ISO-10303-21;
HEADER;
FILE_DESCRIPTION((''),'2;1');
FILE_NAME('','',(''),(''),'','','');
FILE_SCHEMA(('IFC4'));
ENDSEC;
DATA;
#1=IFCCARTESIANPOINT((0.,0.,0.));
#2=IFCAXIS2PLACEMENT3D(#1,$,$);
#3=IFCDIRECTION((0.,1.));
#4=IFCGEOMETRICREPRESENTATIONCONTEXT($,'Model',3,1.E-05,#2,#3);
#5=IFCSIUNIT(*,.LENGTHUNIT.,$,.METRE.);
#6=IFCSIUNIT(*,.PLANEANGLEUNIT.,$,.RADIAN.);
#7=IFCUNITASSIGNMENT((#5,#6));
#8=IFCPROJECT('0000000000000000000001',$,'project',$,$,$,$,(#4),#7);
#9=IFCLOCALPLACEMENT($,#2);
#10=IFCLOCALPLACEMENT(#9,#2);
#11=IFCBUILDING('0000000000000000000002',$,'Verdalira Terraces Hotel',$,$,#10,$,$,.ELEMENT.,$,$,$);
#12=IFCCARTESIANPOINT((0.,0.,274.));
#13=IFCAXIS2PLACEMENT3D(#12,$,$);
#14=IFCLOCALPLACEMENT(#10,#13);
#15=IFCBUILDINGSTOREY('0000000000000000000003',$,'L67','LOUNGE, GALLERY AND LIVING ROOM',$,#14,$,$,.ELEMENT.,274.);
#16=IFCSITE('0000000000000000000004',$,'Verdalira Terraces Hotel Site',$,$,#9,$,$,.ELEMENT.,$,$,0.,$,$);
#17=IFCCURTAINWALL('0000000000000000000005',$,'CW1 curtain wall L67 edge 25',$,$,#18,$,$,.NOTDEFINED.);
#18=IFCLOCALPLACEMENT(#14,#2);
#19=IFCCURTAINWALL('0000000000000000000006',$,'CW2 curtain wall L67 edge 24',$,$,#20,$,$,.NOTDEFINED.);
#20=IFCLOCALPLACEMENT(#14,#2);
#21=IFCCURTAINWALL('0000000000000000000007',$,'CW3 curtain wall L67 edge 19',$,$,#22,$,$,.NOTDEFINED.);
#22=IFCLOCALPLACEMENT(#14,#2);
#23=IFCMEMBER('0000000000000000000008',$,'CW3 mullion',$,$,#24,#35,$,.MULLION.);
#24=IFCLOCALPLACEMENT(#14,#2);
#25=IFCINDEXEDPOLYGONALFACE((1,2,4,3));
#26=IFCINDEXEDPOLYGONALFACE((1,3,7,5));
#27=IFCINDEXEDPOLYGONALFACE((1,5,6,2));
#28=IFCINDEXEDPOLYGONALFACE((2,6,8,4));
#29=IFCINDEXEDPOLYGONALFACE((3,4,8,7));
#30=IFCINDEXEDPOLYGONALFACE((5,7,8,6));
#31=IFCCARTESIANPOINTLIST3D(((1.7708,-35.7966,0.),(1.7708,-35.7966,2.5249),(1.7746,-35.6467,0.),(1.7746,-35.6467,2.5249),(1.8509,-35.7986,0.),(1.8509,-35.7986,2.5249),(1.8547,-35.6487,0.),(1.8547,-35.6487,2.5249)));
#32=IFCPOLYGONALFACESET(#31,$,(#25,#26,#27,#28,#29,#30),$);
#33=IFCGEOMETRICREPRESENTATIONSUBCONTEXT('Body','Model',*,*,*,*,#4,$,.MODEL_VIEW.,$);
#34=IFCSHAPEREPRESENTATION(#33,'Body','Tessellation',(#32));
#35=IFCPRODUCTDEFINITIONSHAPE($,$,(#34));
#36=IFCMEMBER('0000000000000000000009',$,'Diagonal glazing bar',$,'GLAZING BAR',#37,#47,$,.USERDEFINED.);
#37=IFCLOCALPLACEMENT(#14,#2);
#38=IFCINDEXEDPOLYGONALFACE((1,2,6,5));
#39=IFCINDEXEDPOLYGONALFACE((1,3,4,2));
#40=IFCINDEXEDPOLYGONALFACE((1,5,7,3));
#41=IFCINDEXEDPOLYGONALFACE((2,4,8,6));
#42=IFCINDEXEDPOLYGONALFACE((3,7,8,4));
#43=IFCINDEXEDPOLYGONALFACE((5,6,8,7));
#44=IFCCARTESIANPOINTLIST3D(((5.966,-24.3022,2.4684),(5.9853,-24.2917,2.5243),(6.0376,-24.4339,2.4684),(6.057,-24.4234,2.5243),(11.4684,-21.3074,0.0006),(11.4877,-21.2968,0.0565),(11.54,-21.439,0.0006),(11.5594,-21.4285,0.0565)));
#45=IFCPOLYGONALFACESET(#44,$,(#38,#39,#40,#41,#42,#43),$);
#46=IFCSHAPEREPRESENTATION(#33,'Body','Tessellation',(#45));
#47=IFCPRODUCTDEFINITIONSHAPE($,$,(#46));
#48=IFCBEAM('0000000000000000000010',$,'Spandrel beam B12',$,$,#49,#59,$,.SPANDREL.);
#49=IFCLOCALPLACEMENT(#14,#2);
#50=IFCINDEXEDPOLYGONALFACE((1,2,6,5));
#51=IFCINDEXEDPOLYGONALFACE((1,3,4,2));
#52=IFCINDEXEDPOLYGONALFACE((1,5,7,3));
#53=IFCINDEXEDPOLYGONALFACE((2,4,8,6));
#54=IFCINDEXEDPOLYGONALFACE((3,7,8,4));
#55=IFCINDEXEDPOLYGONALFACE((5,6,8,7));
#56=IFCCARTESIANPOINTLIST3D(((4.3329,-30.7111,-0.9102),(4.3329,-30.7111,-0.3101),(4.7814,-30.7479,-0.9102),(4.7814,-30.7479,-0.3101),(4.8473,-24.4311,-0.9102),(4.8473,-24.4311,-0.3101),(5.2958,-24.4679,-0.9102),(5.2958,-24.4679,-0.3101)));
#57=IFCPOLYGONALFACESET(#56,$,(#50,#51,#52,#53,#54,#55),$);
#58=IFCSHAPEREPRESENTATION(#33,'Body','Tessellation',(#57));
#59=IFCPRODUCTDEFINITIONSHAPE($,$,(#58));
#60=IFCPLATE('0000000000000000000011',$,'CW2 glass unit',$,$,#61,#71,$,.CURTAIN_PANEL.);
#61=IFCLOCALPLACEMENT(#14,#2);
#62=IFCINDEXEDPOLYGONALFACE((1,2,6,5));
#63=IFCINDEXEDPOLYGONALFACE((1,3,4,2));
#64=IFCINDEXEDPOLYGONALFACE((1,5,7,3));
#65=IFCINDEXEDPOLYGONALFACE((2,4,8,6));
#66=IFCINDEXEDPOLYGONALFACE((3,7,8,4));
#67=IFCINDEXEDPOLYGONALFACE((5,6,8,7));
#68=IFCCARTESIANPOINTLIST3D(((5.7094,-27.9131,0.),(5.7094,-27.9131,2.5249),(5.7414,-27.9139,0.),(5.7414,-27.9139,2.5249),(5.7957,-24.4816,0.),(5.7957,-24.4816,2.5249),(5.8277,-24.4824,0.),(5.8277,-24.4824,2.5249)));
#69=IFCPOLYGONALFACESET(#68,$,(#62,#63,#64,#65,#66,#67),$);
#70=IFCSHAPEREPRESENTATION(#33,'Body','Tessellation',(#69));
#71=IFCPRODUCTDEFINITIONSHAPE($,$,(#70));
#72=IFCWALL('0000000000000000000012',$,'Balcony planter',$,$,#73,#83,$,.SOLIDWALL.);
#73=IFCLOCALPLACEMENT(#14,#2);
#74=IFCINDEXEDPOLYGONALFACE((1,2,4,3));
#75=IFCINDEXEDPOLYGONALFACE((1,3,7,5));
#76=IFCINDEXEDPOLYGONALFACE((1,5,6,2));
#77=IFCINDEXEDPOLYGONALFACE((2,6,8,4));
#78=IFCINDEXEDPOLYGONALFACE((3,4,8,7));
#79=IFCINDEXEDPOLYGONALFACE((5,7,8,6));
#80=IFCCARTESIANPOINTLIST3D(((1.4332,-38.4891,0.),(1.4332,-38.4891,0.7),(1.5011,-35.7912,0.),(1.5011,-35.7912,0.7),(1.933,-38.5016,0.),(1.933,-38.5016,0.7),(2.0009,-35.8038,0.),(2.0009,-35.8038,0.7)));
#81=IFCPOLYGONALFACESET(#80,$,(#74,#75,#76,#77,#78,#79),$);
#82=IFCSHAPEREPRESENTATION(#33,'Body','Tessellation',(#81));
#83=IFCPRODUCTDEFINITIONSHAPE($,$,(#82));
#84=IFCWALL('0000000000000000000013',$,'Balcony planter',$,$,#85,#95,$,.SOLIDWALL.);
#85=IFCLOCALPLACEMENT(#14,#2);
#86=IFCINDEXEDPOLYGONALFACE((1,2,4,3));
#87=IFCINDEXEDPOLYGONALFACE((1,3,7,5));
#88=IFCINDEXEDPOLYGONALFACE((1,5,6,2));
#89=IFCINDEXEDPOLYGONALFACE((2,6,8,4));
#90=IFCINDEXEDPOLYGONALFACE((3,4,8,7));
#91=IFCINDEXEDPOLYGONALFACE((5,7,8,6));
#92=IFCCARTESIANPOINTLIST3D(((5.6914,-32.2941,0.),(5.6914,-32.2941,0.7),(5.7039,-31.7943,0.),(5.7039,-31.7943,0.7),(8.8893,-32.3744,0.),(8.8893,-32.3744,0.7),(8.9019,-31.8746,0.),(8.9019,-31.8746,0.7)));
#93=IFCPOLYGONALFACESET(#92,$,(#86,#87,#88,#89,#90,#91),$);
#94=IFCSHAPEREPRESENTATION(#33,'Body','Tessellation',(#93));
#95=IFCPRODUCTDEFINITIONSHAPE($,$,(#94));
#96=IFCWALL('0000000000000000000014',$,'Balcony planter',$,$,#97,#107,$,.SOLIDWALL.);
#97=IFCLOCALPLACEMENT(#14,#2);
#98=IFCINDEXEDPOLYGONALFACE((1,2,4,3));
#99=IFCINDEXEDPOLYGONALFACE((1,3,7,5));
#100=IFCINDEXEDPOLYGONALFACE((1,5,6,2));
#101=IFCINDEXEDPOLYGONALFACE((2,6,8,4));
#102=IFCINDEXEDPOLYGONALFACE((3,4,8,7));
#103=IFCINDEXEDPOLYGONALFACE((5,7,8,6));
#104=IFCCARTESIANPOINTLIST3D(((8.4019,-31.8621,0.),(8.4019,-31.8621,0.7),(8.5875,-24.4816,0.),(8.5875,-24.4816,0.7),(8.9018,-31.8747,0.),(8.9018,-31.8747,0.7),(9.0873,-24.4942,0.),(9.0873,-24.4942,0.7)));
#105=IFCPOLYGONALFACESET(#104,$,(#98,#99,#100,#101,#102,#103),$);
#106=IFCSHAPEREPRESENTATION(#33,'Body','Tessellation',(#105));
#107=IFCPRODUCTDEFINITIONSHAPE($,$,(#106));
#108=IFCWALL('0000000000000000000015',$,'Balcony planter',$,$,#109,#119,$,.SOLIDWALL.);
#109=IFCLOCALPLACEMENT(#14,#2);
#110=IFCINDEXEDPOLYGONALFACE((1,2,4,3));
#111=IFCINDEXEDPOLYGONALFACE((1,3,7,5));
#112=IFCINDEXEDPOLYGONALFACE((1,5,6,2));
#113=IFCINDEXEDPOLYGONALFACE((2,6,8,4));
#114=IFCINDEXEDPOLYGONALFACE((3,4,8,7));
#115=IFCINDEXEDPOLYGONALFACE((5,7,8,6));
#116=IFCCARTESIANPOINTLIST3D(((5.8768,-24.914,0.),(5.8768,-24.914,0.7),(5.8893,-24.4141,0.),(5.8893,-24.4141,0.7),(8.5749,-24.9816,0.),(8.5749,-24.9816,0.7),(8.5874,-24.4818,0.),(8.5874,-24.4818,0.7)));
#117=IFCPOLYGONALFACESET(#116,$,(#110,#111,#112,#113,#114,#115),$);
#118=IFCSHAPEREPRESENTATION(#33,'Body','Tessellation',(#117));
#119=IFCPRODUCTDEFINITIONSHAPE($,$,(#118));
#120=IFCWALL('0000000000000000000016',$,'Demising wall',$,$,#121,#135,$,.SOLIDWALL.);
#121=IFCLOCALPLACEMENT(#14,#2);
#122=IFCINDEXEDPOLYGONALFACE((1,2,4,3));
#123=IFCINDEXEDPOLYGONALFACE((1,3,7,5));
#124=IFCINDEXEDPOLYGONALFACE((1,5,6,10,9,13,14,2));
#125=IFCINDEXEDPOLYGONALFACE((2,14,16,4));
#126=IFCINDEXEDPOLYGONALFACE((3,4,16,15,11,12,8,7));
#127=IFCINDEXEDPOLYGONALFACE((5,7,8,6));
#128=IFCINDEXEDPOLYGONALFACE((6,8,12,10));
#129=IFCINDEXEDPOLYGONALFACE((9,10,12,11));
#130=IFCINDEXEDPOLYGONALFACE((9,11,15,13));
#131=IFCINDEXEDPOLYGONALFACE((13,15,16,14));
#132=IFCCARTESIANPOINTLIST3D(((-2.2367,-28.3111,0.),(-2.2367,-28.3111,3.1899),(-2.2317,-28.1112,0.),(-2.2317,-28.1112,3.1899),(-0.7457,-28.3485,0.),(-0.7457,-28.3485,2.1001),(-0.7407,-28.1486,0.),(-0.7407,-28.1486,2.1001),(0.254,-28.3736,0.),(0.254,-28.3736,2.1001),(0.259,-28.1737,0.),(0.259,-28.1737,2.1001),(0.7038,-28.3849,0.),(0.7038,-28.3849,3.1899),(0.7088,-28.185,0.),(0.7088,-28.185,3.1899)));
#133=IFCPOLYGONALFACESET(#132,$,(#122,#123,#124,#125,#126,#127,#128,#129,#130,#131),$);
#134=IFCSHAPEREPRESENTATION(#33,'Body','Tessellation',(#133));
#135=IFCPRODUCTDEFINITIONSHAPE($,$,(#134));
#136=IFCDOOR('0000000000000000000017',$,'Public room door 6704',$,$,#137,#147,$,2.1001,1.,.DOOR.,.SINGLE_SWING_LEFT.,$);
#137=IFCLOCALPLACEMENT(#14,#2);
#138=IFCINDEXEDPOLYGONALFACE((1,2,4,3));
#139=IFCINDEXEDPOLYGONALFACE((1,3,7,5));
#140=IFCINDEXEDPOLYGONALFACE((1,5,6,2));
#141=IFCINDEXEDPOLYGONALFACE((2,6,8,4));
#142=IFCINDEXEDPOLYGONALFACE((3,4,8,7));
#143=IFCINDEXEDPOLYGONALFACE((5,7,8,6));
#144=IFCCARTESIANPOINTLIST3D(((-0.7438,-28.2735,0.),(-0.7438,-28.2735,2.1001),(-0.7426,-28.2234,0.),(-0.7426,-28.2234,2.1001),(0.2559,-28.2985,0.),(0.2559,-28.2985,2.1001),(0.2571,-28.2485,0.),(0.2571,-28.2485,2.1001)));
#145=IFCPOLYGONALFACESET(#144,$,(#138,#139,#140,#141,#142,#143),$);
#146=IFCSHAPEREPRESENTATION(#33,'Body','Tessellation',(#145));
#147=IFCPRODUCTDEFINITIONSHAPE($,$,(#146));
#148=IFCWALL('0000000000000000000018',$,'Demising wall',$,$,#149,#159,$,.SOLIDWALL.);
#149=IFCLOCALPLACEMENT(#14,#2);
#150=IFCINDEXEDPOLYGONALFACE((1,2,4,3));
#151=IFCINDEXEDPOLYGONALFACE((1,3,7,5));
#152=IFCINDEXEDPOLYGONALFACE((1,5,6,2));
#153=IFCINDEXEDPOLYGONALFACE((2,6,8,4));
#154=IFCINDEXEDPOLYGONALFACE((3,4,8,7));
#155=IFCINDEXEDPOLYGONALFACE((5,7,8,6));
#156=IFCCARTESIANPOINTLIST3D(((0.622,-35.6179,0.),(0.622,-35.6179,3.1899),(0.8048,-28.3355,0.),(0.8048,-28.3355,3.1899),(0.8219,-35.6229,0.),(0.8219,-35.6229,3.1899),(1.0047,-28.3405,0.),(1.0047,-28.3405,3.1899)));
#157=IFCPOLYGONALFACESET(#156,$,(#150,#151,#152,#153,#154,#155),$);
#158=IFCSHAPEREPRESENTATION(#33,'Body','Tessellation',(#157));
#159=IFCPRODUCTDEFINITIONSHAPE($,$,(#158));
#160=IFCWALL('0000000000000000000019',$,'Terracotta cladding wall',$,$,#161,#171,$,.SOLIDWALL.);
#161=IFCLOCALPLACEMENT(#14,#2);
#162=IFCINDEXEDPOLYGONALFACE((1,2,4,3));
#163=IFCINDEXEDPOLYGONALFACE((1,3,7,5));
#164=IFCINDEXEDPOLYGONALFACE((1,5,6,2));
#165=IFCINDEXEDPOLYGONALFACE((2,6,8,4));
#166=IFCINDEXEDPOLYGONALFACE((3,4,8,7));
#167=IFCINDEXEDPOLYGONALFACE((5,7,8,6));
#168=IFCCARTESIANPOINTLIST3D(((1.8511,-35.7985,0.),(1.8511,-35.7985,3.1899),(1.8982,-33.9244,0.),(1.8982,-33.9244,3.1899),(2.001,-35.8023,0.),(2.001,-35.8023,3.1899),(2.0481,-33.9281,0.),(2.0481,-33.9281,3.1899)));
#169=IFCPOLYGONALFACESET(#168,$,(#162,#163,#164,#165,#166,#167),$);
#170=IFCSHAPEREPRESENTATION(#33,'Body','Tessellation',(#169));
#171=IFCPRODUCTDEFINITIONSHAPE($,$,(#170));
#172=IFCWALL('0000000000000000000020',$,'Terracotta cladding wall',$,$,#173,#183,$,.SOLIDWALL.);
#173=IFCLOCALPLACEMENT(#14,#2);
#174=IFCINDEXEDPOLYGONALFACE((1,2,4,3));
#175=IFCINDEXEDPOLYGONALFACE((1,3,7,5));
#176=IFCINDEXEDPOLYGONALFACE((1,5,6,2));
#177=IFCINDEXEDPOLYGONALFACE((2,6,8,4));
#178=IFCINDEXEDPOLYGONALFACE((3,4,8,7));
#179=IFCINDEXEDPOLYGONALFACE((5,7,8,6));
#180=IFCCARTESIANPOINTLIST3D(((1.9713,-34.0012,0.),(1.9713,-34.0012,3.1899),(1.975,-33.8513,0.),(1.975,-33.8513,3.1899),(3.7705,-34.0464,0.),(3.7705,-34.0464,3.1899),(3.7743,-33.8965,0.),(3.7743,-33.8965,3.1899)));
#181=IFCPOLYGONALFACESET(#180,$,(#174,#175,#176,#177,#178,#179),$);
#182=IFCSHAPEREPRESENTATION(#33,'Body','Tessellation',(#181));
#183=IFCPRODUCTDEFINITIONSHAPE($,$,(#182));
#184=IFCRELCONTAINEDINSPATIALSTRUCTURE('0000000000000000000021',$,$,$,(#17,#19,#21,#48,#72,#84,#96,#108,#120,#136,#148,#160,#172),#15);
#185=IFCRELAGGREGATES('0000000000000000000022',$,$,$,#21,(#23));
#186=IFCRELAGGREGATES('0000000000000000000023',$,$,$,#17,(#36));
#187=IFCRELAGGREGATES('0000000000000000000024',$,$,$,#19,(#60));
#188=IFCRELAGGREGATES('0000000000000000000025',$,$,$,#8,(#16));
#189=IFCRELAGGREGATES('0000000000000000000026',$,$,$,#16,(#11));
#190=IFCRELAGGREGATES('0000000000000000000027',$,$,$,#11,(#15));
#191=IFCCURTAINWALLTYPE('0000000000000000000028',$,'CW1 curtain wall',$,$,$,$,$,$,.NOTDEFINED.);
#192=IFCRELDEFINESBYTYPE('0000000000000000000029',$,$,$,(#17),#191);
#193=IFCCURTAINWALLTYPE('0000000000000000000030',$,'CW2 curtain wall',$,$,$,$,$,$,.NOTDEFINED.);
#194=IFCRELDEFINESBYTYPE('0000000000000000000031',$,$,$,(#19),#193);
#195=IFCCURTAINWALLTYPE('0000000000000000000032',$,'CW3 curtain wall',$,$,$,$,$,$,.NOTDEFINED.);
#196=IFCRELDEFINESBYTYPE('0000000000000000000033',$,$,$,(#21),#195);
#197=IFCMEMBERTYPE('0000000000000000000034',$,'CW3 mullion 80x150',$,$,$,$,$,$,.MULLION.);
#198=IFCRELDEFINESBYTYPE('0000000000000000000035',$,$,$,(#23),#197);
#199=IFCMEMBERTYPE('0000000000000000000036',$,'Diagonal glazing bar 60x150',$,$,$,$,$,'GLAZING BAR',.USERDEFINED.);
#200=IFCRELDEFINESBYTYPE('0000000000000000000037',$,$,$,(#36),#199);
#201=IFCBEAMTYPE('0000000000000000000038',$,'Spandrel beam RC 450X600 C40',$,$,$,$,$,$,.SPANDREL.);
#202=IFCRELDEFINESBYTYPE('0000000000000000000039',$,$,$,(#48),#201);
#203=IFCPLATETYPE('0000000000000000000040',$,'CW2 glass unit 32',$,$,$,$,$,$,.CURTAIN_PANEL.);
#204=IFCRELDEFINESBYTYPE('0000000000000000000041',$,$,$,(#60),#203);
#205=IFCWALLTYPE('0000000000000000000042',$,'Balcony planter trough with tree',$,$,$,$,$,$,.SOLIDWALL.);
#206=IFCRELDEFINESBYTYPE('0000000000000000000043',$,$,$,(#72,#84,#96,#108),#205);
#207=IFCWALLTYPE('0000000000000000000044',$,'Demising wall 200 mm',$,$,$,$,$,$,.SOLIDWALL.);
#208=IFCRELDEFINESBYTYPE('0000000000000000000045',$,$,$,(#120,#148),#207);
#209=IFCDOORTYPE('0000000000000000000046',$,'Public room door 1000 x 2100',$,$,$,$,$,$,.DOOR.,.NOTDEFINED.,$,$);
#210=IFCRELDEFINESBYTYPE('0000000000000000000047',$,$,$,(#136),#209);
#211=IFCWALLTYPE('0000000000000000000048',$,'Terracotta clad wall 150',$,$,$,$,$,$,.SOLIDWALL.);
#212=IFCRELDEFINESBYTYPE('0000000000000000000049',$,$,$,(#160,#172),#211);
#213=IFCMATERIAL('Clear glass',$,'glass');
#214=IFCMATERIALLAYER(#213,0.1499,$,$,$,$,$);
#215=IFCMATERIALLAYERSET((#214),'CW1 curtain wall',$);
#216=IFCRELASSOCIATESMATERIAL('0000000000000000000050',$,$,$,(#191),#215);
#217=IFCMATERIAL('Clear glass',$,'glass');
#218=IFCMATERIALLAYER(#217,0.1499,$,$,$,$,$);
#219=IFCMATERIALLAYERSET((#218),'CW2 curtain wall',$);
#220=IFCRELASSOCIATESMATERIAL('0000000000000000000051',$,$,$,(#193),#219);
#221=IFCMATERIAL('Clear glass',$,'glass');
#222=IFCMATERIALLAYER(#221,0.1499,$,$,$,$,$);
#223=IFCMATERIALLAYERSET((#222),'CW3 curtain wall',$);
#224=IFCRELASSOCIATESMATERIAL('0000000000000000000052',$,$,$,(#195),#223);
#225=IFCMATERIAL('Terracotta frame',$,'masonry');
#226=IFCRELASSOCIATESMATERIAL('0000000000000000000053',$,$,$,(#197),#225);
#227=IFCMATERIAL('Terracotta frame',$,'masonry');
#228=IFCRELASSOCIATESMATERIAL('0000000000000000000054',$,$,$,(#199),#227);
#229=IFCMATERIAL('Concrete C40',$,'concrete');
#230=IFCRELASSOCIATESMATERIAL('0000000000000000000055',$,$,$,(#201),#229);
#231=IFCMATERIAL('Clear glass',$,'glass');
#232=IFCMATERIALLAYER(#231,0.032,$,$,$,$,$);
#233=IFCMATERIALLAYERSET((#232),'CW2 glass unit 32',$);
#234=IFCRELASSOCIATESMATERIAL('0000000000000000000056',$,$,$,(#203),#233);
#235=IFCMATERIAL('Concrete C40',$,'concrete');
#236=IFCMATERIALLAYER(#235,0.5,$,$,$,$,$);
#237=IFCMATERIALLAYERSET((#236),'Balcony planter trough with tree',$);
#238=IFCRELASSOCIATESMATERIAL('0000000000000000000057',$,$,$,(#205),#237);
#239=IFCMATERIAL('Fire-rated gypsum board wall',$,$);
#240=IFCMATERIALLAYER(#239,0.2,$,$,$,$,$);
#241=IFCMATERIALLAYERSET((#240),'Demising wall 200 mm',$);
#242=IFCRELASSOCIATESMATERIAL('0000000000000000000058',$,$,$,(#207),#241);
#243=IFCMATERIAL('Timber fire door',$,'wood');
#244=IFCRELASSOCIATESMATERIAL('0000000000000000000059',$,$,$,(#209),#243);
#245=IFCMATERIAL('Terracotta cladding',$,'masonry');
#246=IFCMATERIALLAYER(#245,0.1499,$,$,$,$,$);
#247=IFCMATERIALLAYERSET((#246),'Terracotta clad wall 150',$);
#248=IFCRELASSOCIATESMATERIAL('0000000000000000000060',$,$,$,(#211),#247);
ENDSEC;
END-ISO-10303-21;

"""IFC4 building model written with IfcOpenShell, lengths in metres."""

from ifc_helpers import new_model, si_unit, direction, frame, frame_2d, origin, origin_2d, place, context, subcontext, project, spatial, rectangle, extrude, material, layer, layer_set, material_profile, profile_set, type_object, element, fill, aggregate, save


model = new_model("IFC4")

# Units and contexts
model_context = context("Model", 3, precision=1e-05, world=origin(), true_north=direction((0.0, 1.0)))
body_context = subcontext(model_context, "Body", "Model", "MODEL_VIEW")
ifc_project = project(units=[si_unit("LENGTHUNIT", "METRE"), si_unit("PLANEANGLEUNIT", "RADIAN")], contexts=[model_context])

# Site, building, storey
site_placement = place(None, origin())
site = spatial("IfcSite", under=ifc_project, at=site_placement, Name="Verdalira Terraces Hotel Site", CompositionType="ELEMENT", RefElevation=0.0)
building_placement = place(site_placement, origin())
building = spatial("IfcBuilding", under=site, at=building_placement, Name="Verdalira Terraces Hotel", CompositionType="ELEMENT")
storey_placement = place(building_placement, frame((0.0, 0.0, 274.0)))
storey = spatial("IfcBuildingStorey", under=building, at=storey_placement, Name="L67", Description="LOUNGE, GALLERY AND LIVING ROOM", CompositionType="ELEMENT", Elevation=274.0)

# Curtain walls
ifc_material_1 = material(Name="Clear glass", Category="glass")
ifc_layer_1 = layer(ifc_material_1, 0.1499)
ifc_layer_set_1 = layer_set([ifc_layer_1], Name="CW1 curtain wall")
curtain_wall_type_1 = type_object("IfcCurtainWallType", Name="CW1 curtain wall", PredefinedType="NOTDEFINED", material=ifc_layer_set_1)
curtain_wall_1_placement = place(storey_placement, origin())
curtain_wall_1 = element("IfcCurtainWall", 1, at=curtain_wall_1_placement, inside=storey, type_object=curtain_wall_type_1, Name="CW1 curtain wall L67 edge 25", PredefinedType="NOTDEFINED")
ifc_material_2 = material(Name="Clear glass", Category="glass")
ifc_layer_2 = layer(ifc_material_2, 0.1499)
ifc_layer_set_2 = layer_set([ifc_layer_2], Name="CW2 curtain wall")
curtain_wall_type_2 = type_object("IfcCurtainWallType", Name="CW2 curtain wall", PredefinedType="NOTDEFINED", material=ifc_layer_set_2)
curtain_wall_2_placement = place(storey_placement, origin())
curtain_wall_2 = element("IfcCurtainWall", 2, at=curtain_wall_2_placement, inside=storey, type_object=curtain_wall_type_2, Name="CW2 curtain wall L67 edge 24", PredefinedType="NOTDEFINED")

# Curtain wall, member
ifc_material_3 = material(Name="Clear glass", Category="glass")
ifc_layer_3 = layer(ifc_material_3, 0.1499)
ifc_layer_set_3 = layer_set([ifc_layer_3], Name="CW3 curtain wall")
curtain_wall_type_3 = type_object("IfcCurtainWallType", Name="CW3 curtain wall", PredefinedType="NOTDEFINED", material=ifc_layer_set_3)
curtain_wall_3_placement = place(storey_placement, origin())
curtain_wall_3 = element("IfcCurtainWall", 3, at=curtain_wall_3_placement, inside=storey, type_object=curtain_wall_type_3, Name="CW3 curtain wall L67 edge 19", PredefinedType="NOTDEFINED")
ifc_material_4 = material(Name="Terracotta frame", Category="masonry")
ifc_material_profile_1 = material_profile(ifc_material_4, rectangle(XDim=0.0801, YDim=0.1499, at=origin_2d()), Name="MU 80x150")
ifc_profile_set_1 = profile_set([ifc_material_profile_1], Name="Terracotta frame")
member_type_1 = type_object("IfcMemberType", Name="CW3 mullion 80x150", PredefinedType="MULLION", material=ifc_profile_set_1)
member_1_placement = place(storey_placement, frame((1.8127, -35.7227, 0.0), z_axis=(0.0, 0.0, 1.0), x_axis=(0.999684, -0.02513, 0.0)))
member_1 = element("IfcMember", 4, at=member_1_placement, type_object=member_type_1, Name="CW3 mullion", PredefinedType="MULLION", context=body_context, shape_type="SweptSolid", body=[
    extrude(rectangle(XDim=0.0801, YDim=0.1499, at=origin_2d()), origin(), (0.0, 0.0, 1.0), 2.5249),
])
aggregate(curtain_wall_3, [member_1])

# Member
ifc_material_5 = material(Name="Terracotta frame", Category="masonry")
ifc_material_profile_2 = material_profile(ifc_material_5, rectangle(XDim=0.1499, YDim=0.0601, at=origin_2d()), Name="GB 60x150")
ifc_profile_set_2 = profile_set([ifc_material_profile_2], Name="Terracotta frame")
member_type_2 = type_object("IfcMemberType", Name="Diagonal glazing bar 60x150", ElementType="GLAZING BAR", PredefinedType="USERDEFINED", material=ifc_profile_set_2)
member_2_placement = place(storey_placement, frame((6.0115, -24.3628, 2.4963), z_axis=(0.81721, 0.444792, -0.366508), x_axis=(-0.478057, 0.878329, 0.0)))
member_2 = element("IfcMember", 5, at=member_2_placement, type_object=member_type_2, Name="Diagonal glazing bar", ObjectType="GLAZING BAR", PredefinedType="USERDEFINED", context=body_context, shape_type="SweptSolid", body=[
    extrude(rectangle(XDim=0.1499, YDim=0.0601, at=origin_2d()), origin(), (0.0, 0.0, 1.0), 6.7332),
])
aggregate(curtain_wall_1, [member_2])

# Beam
ifc_material_6 = material(Name="Concrete C40", Category="concrete")
ifc_material_profile_3 = material_profile(ifc_material_6, rectangle(XDim=0.45, YDim=0.6001, at=origin_2d()), Name="RC 450X600")
ifc_profile_set_3 = profile_set([ifc_material_profile_3], Name="Concrete C40")
beam_type_1 = type_object("IfcBeamType", Name="Spandrel beam RC 450X600 C40", PredefinedType="SPANDREL", material=ifc_profile_set_3)
beam_1_placement = place(storey_placement, frame((4.5571, -30.7295, -0.6101), z_axis=(0.081638, 0.996662, 0.0), x_axis=(-0.996662, 0.081638, 0.0)))
element("IfcBeam", 6, at=beam_1_placement, inside=storey, type_object=beam_type_1, Name="Spandrel beam B12", PredefinedType="SPANDREL", context=body_context, shape_type="SweptSolid", body=[
    extrude(rectangle(XDim=0.45, YDim=0.6001, at=origin_2d()), origin(), (0.0, 0.0, 1.0), 6.301),
])

# Plate
ifc_material_7 = material(Name="Clear glass", Category="glass")
ifc_layer_4 = layer(ifc_material_7, 0.032)
ifc_layer_set_4 = layer_set([ifc_layer_4], Name="CW2 glass unit 32")
plate_type = type_object("IfcPlateType", Name="CW2 glass unit 32", PredefinedType="CURTAIN_PANEL", material=ifc_layer_set_4)
plate_placement = place(storey_placement, frame((5.7686, -26.1978, 0.0), z_axis=(0.0, 0.0, 1.0), x_axis=(0.02513, 0.999684, 0.0)))
plate = element("IfcPlate", 7, at=plate_placement, type_object=plate_type, Name="CW2 glass unit", PredefinedType="CURTAIN_PANEL", context=body_context, shape_type="SweptSolid", body=[
    extrude(rectangle(XDim=3.4326, YDim=0.032, at=origin_2d()), origin(), (0.0, 0.0, 1.0), 2.5249),
])
aggregate(curtain_wall_2, [plate])

# Walls
ifc_material_8 = material(Name="Concrete C40", Category="concrete")
ifc_layer_5 = layer(ifc_material_8, 0.5)
ifc_layer_set_5 = layer_set([ifc_layer_5], Name="Balcony planter trough with tree")
wall_type_1 = type_object("IfcWallType", Name="Balcony planter trough with tree", PredefinedType="SOLIDWALL", material=ifc_layer_set_5)
wall_1_placement = place(storey_placement, frame((1.6831, -38.4954, 0.0), z_axis=(0.0, 0.0, 1.0), x_axis=(0.025148, 0.999684, 0.0)))
element("IfcWall", 8, at=wall_1_placement, inside=storey, type_object=wall_type_1, Name="Balcony planter", PredefinedType="SOLIDWALL", context=body_context, shape_type="SweptSolid", body=[
    extrude(rectangle(XDim=2.6987, YDim=0.5, at=frame_2d((1.3494, 0.0))), origin(), (0.0, 0.0, 1.0), 0.7),
])
wall_2_placement = place(storey_placement, frame((5.6975, -32.0442, 0.0), z_axis=(0.0, 0.0, 1.0), x_axis=(0.999685, -0.025109, 0.0)))
element("IfcWall", 9, at=wall_2_placement, inside=storey, type_object=wall_type_1, Name="Balcony planter", PredefinedType="SOLIDWALL", context=body_context, shape_type="SweptSolid", body=[
    extrude(rectangle(XDim=3.199, YDim=0.5, at=frame_2d((1.5996, 0.0))), origin(), (0.0, 0.0, 1.0), 0.7),
])
wall_3_placement = place(storey_placement, frame((8.6519, -31.8684, 0.0), z_axis=(0.0, 0.0, 1.0), x_axis=(0.025133, 0.999684, 0.0)))
element("IfcWall", 10, at=wall_3_placement, inside=storey, type_object=wall_type_1, Name="Balcony planter", PredefinedType="SOLIDWALL", context=body_context, shape_type="SweptSolid", body=[
    extrude(rectangle(XDim=7.3828, YDim=0.5, at=frame_2d((3.6914, 0.0))), origin(), (0.0, 0.0, 1.0), 0.7),
])
wall_4_placement = place(storey_placement, frame((8.5813, -24.7317, 0.0), z_axis=(0.0, 0.0, 1.0), x_axis=(-0.999686, 0.025055, 0.0)))
element("IfcWall", 11, at=wall_4_placement, inside=storey, type_object=wall_type_1, Name="Balcony planter", PredefinedType="SOLIDWALL", context=body_context, shape_type="SweptSolid", body=[
    extrude(rectangle(XDim=2.699, YDim=0.5, at=frame_2d((1.3496, 0.0))), origin(), (0.0, 0.0, 1.0), 0.7),
])

# Wall, opening, door
ifc_material_9 = material(Name="Fire-rated gypsum board wall")
ifc_layer_6 = layer(ifc_material_9, 0.2)
ifc_layer_set_6 = layer_set([ifc_layer_6], Name="Demising wall 200 mm")
wall_type_2 = type_object("IfcWallType", Name="Demising wall 200 mm", PredefinedType="SOLIDWALL", material=ifc_layer_set_6)
wall_5_placement = place(storey_placement, frame((0.7063, -28.2849, 0.0), z_axis=(0.0, 0.0, 1.0), x_axis=(-0.999686, 0.025067, 0.0)))
wall_5 = element("IfcWall", 12, at=wall_5_placement, inside=storey, type_object=wall_type_2, Name="Demising wall", PredefinedType="SOLIDWALL", context=body_context, shape_type="SweptSolid", body=[
    extrude(rectangle(XDim=2.9414, YDim=0.2, at=frame_2d((1.4707, 0.0))), origin(), (0.0, 0.0, 1.0), 3.1899),
])
opening_1_placement = place(wall_5_placement, frame((0.45, 0.0, 0.0)))
opening_1 = element("IfcOpeningElement", 13, at=opening_1_placement, cuts=wall_5, PredefinedType="OPENING", context=body_context, shape_type="SweptSolid", body=[
    extrude(rectangle(XDim=1.0, YDim=2.1001, at=frame_2d((0.5, 1.05))), frame((0.0, 0.1099, 0.0), z_axis=(0.0, -1.0, 0.0), x_axis=(1.0, 0.0, 0.0)), (0.0, 0.0, 1.0), 0.22),
])
ifc_material_10 = material(Name="Timber fire door", Category="wood")
door_type_1 = type_object("IfcDoorType", Name="Public room door 1000 x 2100", OperationType="NOTDEFINED", PredefinedType="DOOR", material=ifc_material_10)
door_1_placement = place(opening_1_placement, origin())
door_1 = element("IfcDoor", 14, at=door_1_placement, inside=storey, type_object=door_type_1, Name="Public room door 6704", OperationType="SINGLE_SWING_LEFT", OverallHeight=2.1001, OverallWidth=1.0, PredefinedType="DOOR", context=body_context, shape_type="SweptSolid", body=[
    extrude(rectangle(XDim=1.0, YDim=2.1001, at=frame_2d((0.5, 1.05))), frame((0.0, 0.0249, 0.0), z_axis=(0.0, -1.0, 0.0), x_axis=(1.0, 0.0, 0.0)), (0.0, 0.0, 1.0), 0.05),
])
fill(opening_1, door_1)

# Walls
wall_6_placement = place(storey_placement, frame((0.7219, -35.6204, 0.0), z_axis=(0.0, 0.0, 1.0), x_axis=(0.025102, 0.999685, 0.0)))
element("IfcWall", 15, at=wall_6_placement, inside=storey, type_object=wall_type_2, Name="Demising wall", PredefinedType="SOLIDWALL", context=body_context, shape_type="SweptSolid", body=[
    extrude(rectangle(XDim=7.2847, YDim=0.2, at=frame_2d((3.6423, 0.0))), origin(), (0.0, 0.0, 1.0), 3.1899),
])
ifc_material_11 = material(Name="Terracotta cladding", Category="masonry")
ifc_layer_7 = layer(ifc_material_11, 0.1499)
ifc_layer_set_7 = layer_set([ifc_layer_7], Name="Terracotta clad wall 150")
wall_type_3 = type_object("IfcWallType", Name="Terracotta clad wall 150", PredefinedType="SOLIDWALL", material=ifc_layer_set_7)
wall_7_placement = place(storey_placement, frame((1.926, -35.8005, 0.0), z_axis=(0.0, 0.0, 1.0), x_axis=(0.025132, 0.999684, 0.0)))
element("IfcWall", 16, at=wall_7_placement, inside=storey, type_object=wall_type_3, Name="Terracotta cladding wall", PredefinedType="SOLIDWALL", context=body_context, shape_type="SweptSolid", body=[
    extrude(rectangle(XDim=1.8748, YDim=0.1499, at=frame_2d((0.9375, 0.0))), origin(), (0.0, 0.0, 1.0), 3.1899),
])
wall_8_placement = place(storey_placement, frame((1.9731, -33.9263, 0.0), z_axis=(0.0, 0.0, 1.0), x_axis=(0.999685, -0.025094, 0.0)))
element("IfcWall", 17, at=wall_8_placement, inside=storey, type_object=wall_type_3, Name="Terracotta cladding wall", PredefinedType="SOLIDWALL", context=body_context, shape_type="SweptSolid", body=[
    extrude(rectangle(XDim=1.7998, YDim=0.1499, at=frame_2d((0.8999, 0.0))), origin(), (0.0, 0.0, 1.0), 3.1899),
])

save(model, "model.ifc")
